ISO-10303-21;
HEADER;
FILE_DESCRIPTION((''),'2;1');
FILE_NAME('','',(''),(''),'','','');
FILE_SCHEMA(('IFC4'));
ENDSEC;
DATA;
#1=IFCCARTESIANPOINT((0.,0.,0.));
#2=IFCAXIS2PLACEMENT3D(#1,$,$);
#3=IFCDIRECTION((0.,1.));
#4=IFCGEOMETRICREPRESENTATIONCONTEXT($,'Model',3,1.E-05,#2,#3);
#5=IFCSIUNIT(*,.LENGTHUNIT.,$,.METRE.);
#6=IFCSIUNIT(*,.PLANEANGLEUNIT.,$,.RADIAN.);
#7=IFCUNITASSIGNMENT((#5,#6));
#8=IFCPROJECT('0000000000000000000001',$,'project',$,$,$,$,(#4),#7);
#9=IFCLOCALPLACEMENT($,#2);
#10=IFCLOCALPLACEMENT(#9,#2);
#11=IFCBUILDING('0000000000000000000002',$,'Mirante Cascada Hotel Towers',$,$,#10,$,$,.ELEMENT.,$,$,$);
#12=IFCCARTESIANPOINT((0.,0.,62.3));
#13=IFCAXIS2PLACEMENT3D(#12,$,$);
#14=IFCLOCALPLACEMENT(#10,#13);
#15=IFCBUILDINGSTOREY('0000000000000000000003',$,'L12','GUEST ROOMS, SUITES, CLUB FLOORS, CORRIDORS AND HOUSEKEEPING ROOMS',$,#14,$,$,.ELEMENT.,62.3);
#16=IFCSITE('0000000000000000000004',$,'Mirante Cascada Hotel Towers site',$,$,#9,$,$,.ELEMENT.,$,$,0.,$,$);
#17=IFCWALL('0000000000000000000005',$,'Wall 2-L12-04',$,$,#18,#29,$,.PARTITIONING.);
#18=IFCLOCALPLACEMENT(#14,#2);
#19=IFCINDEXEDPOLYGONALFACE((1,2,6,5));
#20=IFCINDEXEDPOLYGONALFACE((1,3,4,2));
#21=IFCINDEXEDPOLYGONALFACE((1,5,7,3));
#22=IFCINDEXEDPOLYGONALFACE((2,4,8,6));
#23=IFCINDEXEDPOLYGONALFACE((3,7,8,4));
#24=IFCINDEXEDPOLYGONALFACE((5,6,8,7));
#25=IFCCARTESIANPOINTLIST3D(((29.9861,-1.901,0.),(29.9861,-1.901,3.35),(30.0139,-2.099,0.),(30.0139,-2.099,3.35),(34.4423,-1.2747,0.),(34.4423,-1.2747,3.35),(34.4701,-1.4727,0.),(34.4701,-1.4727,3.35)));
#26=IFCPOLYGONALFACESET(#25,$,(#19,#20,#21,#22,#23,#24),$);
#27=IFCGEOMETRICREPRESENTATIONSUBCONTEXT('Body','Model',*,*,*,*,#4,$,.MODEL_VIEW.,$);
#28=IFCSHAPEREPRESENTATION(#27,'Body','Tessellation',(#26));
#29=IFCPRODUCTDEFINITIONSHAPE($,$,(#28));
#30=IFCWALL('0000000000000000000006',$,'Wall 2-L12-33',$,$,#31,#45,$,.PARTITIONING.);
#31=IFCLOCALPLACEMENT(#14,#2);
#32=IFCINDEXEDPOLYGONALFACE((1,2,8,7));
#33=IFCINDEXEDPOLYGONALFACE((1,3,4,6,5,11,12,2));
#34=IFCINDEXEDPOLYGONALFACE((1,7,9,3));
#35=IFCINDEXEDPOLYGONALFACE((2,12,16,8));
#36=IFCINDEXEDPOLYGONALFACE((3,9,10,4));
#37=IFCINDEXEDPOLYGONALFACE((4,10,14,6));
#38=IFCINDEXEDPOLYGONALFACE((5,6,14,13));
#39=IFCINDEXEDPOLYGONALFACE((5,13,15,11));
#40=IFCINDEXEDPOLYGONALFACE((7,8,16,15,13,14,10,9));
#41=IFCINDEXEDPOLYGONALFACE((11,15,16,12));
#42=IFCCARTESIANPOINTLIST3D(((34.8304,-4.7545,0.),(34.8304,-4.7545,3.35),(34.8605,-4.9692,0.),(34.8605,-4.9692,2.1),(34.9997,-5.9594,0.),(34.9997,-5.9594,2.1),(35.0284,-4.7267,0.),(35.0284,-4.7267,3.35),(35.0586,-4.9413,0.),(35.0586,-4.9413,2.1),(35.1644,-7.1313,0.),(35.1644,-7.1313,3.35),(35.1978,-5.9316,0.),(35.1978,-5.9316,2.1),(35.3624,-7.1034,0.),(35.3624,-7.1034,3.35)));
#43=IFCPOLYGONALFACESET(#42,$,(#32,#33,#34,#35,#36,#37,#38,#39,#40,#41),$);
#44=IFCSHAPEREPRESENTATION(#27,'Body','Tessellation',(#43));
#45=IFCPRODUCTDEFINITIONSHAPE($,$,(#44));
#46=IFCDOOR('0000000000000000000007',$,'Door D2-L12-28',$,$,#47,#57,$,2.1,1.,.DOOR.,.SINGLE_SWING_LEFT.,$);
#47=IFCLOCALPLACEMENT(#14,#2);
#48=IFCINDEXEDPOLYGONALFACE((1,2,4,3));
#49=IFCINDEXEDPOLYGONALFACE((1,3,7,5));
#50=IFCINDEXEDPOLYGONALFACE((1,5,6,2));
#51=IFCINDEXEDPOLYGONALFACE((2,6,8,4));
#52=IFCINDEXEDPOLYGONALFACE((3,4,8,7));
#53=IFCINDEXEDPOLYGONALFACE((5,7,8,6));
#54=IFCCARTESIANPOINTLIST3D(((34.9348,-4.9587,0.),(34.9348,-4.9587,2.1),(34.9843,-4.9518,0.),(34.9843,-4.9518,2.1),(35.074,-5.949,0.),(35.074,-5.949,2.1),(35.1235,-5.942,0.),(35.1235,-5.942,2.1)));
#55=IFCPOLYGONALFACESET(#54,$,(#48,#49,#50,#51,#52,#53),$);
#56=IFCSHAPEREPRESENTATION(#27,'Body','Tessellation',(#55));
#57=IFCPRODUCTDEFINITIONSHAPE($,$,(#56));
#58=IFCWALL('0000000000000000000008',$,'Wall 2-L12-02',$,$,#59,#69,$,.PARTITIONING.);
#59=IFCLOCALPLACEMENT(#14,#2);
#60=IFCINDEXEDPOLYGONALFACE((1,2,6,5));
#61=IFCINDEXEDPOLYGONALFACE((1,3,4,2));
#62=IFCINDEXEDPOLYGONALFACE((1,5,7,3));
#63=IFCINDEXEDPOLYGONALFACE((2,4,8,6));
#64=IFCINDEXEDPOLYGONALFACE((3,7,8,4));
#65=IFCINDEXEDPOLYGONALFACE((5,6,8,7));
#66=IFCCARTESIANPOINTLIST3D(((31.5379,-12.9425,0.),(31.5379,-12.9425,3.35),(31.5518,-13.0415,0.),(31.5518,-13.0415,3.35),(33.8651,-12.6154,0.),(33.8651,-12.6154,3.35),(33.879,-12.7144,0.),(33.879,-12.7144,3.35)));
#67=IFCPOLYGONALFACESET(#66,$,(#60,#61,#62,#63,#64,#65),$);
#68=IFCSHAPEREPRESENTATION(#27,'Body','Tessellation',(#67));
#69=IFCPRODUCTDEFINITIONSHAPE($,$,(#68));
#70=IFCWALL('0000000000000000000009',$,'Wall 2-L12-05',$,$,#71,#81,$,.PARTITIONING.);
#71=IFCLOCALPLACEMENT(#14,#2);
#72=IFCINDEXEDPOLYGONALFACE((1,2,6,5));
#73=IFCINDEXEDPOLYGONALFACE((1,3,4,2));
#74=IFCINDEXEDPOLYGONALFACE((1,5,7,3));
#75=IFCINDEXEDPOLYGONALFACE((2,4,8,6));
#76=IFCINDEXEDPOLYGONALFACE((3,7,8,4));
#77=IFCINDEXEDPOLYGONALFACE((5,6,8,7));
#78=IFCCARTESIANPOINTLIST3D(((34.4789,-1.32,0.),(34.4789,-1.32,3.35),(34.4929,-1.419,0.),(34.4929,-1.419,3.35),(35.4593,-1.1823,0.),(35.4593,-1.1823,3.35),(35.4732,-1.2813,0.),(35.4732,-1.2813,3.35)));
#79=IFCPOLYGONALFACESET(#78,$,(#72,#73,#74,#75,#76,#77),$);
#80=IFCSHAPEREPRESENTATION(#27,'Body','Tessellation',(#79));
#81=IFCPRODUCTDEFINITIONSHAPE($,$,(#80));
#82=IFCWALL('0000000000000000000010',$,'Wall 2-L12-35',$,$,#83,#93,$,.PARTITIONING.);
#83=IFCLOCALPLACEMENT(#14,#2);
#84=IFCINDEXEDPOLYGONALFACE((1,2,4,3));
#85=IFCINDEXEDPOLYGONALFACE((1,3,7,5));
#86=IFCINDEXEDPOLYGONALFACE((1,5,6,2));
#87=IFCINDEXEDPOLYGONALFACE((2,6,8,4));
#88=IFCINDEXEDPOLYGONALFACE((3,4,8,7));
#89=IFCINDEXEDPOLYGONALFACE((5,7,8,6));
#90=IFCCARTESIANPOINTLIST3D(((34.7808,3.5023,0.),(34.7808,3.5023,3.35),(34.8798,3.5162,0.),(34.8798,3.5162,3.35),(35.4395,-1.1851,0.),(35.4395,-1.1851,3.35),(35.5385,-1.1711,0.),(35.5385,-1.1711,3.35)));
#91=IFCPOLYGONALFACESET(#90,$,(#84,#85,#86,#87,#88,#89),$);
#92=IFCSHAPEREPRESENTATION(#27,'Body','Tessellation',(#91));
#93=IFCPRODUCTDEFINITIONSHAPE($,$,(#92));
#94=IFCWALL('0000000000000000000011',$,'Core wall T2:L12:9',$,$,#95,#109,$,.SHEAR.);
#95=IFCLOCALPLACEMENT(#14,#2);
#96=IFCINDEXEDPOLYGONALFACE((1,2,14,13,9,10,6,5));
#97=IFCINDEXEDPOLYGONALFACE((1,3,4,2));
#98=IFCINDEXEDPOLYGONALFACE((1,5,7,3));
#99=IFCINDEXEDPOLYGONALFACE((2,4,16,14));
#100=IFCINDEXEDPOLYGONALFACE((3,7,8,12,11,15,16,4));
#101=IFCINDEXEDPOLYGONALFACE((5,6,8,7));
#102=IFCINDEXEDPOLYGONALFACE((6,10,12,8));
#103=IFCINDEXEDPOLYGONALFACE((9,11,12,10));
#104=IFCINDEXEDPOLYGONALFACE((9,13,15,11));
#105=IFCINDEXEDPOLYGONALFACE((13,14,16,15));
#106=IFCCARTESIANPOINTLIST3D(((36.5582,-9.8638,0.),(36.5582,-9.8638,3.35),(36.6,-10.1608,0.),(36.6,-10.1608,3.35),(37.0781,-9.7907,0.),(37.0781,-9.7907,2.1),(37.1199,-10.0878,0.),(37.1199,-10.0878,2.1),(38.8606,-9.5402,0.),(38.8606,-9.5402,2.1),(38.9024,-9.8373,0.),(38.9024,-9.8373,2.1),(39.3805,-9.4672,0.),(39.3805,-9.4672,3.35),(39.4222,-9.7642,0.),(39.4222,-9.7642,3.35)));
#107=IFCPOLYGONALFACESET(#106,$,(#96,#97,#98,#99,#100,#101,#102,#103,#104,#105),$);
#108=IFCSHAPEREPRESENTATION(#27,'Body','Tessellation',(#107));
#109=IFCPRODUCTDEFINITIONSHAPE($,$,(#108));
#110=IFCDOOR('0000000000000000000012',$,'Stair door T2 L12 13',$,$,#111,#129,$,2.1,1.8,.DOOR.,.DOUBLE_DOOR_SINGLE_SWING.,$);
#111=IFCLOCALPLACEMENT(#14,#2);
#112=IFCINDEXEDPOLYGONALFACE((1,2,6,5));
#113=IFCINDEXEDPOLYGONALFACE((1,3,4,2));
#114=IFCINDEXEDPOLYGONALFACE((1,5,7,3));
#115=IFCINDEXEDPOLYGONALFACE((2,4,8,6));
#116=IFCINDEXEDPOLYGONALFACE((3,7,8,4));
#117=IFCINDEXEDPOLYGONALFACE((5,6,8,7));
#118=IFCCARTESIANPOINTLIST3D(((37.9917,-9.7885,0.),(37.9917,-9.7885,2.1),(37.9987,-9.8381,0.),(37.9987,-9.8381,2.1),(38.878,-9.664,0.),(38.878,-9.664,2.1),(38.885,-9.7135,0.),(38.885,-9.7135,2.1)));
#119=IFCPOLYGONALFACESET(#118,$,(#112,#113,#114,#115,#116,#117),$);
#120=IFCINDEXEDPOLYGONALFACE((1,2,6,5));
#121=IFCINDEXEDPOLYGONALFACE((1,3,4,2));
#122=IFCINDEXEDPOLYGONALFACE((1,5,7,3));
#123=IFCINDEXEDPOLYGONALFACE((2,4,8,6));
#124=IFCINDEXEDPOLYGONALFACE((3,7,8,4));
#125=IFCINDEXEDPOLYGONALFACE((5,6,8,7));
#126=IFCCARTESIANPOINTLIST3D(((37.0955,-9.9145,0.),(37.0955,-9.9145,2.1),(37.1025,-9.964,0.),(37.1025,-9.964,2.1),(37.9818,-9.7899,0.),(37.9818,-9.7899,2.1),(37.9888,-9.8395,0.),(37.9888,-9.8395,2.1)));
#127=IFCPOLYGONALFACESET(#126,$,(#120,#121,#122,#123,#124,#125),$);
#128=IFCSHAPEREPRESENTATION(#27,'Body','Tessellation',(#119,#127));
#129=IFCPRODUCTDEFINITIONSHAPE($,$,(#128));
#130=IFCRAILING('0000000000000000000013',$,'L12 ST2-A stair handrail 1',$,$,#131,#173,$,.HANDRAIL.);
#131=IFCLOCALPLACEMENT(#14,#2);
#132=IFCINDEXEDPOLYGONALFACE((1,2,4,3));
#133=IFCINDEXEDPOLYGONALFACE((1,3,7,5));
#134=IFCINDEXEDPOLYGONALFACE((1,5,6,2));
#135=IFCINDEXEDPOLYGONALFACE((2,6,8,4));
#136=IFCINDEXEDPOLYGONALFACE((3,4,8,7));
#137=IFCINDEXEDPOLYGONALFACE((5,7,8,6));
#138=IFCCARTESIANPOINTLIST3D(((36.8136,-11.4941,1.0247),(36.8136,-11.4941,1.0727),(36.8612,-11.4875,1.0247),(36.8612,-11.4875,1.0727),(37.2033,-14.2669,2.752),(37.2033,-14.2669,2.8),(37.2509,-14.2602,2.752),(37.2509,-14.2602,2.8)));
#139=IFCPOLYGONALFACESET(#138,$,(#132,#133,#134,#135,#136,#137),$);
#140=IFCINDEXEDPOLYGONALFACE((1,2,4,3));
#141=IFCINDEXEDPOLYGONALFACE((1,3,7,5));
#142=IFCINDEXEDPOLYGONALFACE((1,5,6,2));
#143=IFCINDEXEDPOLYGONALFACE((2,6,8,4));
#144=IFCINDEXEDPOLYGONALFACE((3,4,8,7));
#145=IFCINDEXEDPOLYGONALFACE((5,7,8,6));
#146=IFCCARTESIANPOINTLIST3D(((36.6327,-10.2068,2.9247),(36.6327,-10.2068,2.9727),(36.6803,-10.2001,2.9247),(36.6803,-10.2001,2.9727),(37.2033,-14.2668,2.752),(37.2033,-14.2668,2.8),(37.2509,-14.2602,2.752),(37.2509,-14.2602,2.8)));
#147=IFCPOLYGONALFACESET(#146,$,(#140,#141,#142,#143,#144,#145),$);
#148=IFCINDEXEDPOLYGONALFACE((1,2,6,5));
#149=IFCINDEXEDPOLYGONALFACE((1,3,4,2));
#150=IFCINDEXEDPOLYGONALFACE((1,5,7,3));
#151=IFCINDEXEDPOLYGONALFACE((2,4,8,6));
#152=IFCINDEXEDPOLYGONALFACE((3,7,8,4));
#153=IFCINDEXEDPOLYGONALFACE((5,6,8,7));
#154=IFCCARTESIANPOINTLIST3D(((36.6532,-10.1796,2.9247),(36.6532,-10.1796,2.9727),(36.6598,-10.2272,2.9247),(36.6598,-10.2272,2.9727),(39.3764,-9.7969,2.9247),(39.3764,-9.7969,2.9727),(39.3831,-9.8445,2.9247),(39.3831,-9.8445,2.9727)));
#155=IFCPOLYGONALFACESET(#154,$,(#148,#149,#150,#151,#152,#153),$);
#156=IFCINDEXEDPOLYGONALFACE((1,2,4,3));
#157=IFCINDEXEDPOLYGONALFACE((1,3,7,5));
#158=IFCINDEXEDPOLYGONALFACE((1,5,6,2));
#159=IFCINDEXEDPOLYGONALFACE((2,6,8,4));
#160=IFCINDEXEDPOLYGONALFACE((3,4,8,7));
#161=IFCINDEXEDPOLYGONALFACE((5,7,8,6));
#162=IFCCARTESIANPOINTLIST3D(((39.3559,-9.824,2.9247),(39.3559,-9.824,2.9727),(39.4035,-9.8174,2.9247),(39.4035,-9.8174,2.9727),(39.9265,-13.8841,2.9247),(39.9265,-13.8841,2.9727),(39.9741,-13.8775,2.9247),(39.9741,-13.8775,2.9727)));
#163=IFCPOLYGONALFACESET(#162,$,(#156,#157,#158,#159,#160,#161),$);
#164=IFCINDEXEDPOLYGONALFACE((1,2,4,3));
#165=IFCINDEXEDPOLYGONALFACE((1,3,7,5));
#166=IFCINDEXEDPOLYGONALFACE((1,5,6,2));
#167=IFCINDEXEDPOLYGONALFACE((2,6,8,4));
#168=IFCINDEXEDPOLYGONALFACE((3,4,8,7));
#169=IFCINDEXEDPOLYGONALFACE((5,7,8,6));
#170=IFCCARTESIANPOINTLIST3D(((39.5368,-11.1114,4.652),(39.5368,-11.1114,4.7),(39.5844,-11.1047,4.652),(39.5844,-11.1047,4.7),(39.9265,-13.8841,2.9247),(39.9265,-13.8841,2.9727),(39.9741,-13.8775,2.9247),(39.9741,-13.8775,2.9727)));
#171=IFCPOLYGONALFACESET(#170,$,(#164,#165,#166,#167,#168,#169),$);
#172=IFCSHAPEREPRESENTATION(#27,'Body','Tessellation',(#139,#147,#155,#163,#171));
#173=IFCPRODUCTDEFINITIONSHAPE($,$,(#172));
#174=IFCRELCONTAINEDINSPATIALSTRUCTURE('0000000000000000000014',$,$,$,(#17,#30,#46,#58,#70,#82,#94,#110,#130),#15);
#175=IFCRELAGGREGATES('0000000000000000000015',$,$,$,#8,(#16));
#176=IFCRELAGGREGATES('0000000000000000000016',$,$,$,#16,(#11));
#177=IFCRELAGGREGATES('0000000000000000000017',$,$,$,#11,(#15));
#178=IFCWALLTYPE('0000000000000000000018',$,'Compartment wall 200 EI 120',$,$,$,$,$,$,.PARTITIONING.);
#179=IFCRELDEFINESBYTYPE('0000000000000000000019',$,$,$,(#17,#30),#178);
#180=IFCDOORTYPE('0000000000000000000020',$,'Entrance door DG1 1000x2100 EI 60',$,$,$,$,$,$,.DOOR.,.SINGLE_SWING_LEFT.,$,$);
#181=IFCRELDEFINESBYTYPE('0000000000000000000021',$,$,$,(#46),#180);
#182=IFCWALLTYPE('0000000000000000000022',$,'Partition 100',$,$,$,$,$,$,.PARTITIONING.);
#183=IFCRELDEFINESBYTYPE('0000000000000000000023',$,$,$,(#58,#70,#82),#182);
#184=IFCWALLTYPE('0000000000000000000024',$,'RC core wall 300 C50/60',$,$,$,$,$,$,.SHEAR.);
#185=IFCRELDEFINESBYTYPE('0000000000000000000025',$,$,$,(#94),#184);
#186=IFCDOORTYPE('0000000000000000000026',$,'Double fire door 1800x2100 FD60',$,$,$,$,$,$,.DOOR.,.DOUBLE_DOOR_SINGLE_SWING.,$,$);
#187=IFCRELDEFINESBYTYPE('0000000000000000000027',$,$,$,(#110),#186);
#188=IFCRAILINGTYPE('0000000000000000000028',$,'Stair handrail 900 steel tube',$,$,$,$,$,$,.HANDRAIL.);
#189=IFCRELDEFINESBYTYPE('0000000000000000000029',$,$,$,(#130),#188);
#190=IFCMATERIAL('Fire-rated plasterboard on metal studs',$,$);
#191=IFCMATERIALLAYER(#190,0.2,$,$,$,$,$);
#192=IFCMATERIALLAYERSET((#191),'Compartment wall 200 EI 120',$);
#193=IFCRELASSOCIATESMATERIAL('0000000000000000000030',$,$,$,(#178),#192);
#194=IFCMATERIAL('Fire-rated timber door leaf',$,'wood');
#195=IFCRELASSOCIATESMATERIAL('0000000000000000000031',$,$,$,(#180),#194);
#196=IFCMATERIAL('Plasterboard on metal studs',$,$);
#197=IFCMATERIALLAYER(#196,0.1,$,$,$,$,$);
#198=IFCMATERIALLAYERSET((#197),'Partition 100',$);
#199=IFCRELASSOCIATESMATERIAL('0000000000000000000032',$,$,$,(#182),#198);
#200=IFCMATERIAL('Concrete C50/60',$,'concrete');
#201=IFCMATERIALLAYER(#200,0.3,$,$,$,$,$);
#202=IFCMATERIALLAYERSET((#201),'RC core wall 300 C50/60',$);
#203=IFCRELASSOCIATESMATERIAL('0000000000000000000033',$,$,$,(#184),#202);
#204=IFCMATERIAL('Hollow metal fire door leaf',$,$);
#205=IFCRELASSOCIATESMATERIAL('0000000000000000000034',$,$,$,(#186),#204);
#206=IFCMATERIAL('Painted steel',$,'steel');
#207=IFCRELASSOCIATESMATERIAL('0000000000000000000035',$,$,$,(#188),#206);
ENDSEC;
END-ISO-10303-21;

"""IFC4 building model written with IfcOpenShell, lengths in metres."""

from ifc_helpers import new_model, si_unit, direction, frame, frame_2d, origin, origin_2d, place, context, subcontext, project, spatial, rectangle, extrude, material, layer, layer_set, type_object, element, fill, save


model = new_model("IFC4")

# Units and contexts
model_context = context("Model", 3, precision=1e-05, world=origin(), true_north=direction((0.0, 1.0)))
body_context = subcontext(model_context, "Body", "Model", "MODEL_VIEW")
ifc_project = project(units=[si_unit("LENGTHUNIT", "METRE"), si_unit("PLANEANGLEUNIT", "RADIAN")], contexts=[model_context])

# Site, building, storey
site_placement = place(None, origin())
site = spatial("IfcSite", under=ifc_project, at=site_placement, Name="Mirante Cascada Hotel Towers site", CompositionType="ELEMENT", RefElevation=0.0)
building_placement = place(site_placement, origin())
building = spatial("IfcBuilding", under=site, at=building_placement, Name="Mirante Cascada Hotel Towers", CompositionType="ELEMENT")
storey_placement = place(building_placement, frame((0.0, 0.0, 62.3)))
storey = spatial("IfcBuildingStorey", under=building, at=storey_placement, Name="L12", Description="GUEST ROOMS, SUITES, CLUB FLOORS, CORRIDORS AND HOUSEKEEPING ROOMS", CompositionType="ELEMENT", Elevation=62.3)

# Wall
ifc_material_1 = material(Name="Fire-rated plasterboard on metal studs")
ifc_layer_1 = layer(ifc_material_1, 0.2)
ifc_layer_set_1 = layer_set([ifc_layer_1], Name="Compartment wall 200 EI 120")
wall_type_1 = type_object("IfcWallType", Name="Compartment wall 200 EI 120", PredefinedType="PARTITIONING", material=ifc_layer_set_1)
wall_1_placement = place(storey_placement, frame((34.4562, -1.3737, 0.0), z_axis=(0.0, 0.0, 1.0), x_axis=(-0.990267, -0.139178, 0.0)))
element("IfcWall", 1, at=wall_1_placement, inside=storey, type_object=wall_type_1, Name="Wall 2-L12-04", PredefinedType="PARTITIONING", context=body_context, shape_type="SweptSolid", body=[
    extrude(rectangle(XDim=4.5, YDim=0.2, at=frame_2d((2.25, 0.0))), origin(), (0.0, 0.0, 1.0), 3.35),
])

# Wall, opening, door
wall_2_placement = place(storey_placement, frame((35.2634, -7.1173, 0.0), z_axis=(0.0, 0.0, 1.0), x_axis=(-0.139163, 0.990269, 0.0)))
wall_2 = element("IfcWall", 2, at=wall_2_placement, inside=storey, type_object=wall_type_1, Name="Wall 2-L12-33", PredefinedType="PARTITIONING", context=body_context, shape_type="SweptSolid", body=[
    extrude(rectangle(XDim=2.4001, YDim=0.2, at=frame_2d((1.2, 0.0))), origin(), (0.0, 0.0, 1.0), 3.35),
])
opening_1_placement = place(wall_2_placement, frame((1.1833, 0.0, 0.0)))
opening_1 = element("IfcOpeningElement", 3, at=opening_1_placement, cuts=wall_2, PredefinedType="OPENING", context=body_context, shape_type="SweptSolid", body=[
    extrude(rectangle(XDim=1.0, YDim=2.1, at=frame_2d((0.5, 1.05))), frame((0.0, 0.1, 0.0), z_axis=(0.0, -1.0, 0.0), x_axis=(1.0, 0.0, 0.0)), (0.0, 0.0, 1.0), 0.2),
])
ifc_material_2 = material(Name="Fire-rated timber door leaf", Category="wood")
door_type_1 = type_object("IfcDoorType", Name="Entrance door DG1 1000x2100 EI 60", OperationType="SINGLE_SWING_LEFT", PredefinedType="DOOR", material=ifc_material_2)
door_1_placement = place(opening_1_placement, origin())
door_1 = element("IfcDoor", 4, at=door_1_placement, inside=storey, type_object=door_type_1, Name="Door D2-L12-28", OperationType="SINGLE_SWING_LEFT", OverallHeight=2.1, OverallWidth=1.0, PredefinedType="DOOR", context=body_context, shape_type="SweptSolid", body=[
    extrude(rectangle(XDim=1.0, YDim=2.1, at=frame_2d((0.5, 1.05))), frame((0.0, 0.025, 0.0), z_axis=(0.0, -1.0, 0.0), x_axis=(1.0, 0.0, 0.0)), (0.0, 0.0, 1.0), 0.05),
])
fill(opening_1, door_1)

# Walls
ifc_material_3 = material(Name="Plasterboard on metal studs")
ifc_layer_2 = layer(ifc_material_3, 0.1)
ifc_layer_set_2 = layer_set([ifc_layer_2], Name="Partition 100")
wall_type_2 = type_object("IfcWallType", Name="Partition 100", PredefinedType="PARTITIONING", material=ifc_layer_set_2)
wall_3_placement = place(storey_placement, frame((33.872, -12.6649, 0.0), z_axis=(0.0, 0.0, 1.0), x_axis=(-0.990266, -0.139187, 0.0)))
element("IfcWall", 5, at=wall_3_placement, inside=storey, type_object=wall_type_2, Name="Wall 2-L12-02", PredefinedType="PARTITIONING", context=body_context, shape_type="SweptSolid", body=[
    extrude(rectangle(XDim=2.3501, YDim=0.1, at=frame_2d((1.175, 0.0))), origin(), (0.0, 0.0, 1.0), 3.35),
])
wall_4_placement = place(storey_placement, frame((34.4859, -1.3695, 0.0), z_axis=(0.0, 0.0, 1.0), x_axis=(0.99028, 0.139088, 0.0)))
element("IfcWall", 6, at=wall_4_placement, inside=storey, type_object=wall_type_2, Name="Wall 2-L12-05", PredefinedType="PARTITIONING", context=body_context, shape_type="SweptSolid", body=[
    extrude(rectangle(XDim=0.99, YDim=0.1, at=frame_2d((0.495, 0.0))), origin(), (0.0, 0.0, 1.0), 3.35),
])
wall_5_placement = place(storey_placement, frame((35.489, -1.1781, 0.0), z_axis=(0.0, 0.0, 1.0), x_axis=(-0.139161, 0.99027, 0.0)))
element("IfcWall", 7, at=wall_5_placement, inside=storey, type_object=wall_type_2, Name="Wall 2-L12-35", PredefinedType="PARTITIONING", context=body_context, shape_type="SweptSolid", body=[
    extrude(rectangle(XDim=4.7334, YDim=0.1, at=frame_2d((2.3667, 0.0))), origin(), (0.0, 0.0, 1.0), 3.35),
])

# Wall, opening, door
ifc_material_4 = material(Name="Concrete C50/60", Category="concrete")
ifc_layer_3 = layer(ifc_material_4, 0.3)
ifc_layer_set_3 = layer_set([ifc_layer_3], Name="RC core wall 300 C50/60")
wall_type_3 = type_object("IfcWallType", Name="RC core wall 300 C50/60", PredefinedType="SHEAR", material=ifc_layer_set_3)
wall_6_placement = place(storey_placement, frame((36.5791, -10.0123, 0.0), z_axis=(0.0, 0.0, 1.0), x_axis=(0.99027, 0.139156, 0.0)))
wall_6 = element("IfcWall", 8, at=wall_6_placement, inside=storey, type_object=wall_type_3, Name="Core wall T2:L12:9", PredefinedType="SHEAR", context=body_context, shape_type="SweptSolid", body=[
    extrude(rectangle(XDim=2.85, YDim=0.3, at=frame_2d((1.425, 0.0))), origin(), (0.0, 0.0, 1.0), 3.35),
])
opening_2_placement = place(wall_6_placement, frame((0.525, 0.0, 0.0)))
opening_2 = element("IfcOpeningElement", 9, at=opening_2_placement, cuts=wall_6, PredefinedType="OPENING", context=body_context, shape_type="SweptSolid", body=[
    extrude(rectangle(XDim=1.8, YDim=2.1, at=frame_2d((0.9, 1.05))), frame((0.0, 0.15, 0.0), z_axis=(0.0, -1.0, 0.0), x_axis=(1.0, 0.0, 0.0)), (0.0, 0.0, 1.0), 0.3),
])
ifc_material_5 = material(Name="Hollow metal fire door leaf")
door_type_2 = type_object("IfcDoorType", Name="Double fire door 1800x2100 FD60", OperationType="DOUBLE_DOOR_SINGLE_SWING", PredefinedType="DOOR", material=ifc_material_5)
door_2_placement = place(opening_2_placement, frame((1.8, 0.0, 0.0), z_axis=(0.0, 0.0, 1.0), x_axis=(-1.0, 0.0, 0.0)))
door_2 = element("IfcDoor", 10, at=door_2_placement, inside=storey, type_object=door_type_2, Name="Stair door T2 L12 13", OperationType="DOUBLE_DOOR_SINGLE_SWING", OverallHeight=2.1, OverallWidth=1.8, PredefinedType="DOOR", context=body_context, shape_type="SweptSolid", body=[
    extrude(rectangle(XDim=0.895, YDim=2.1, at=frame_2d((0.4475, 1.05))), frame((0.0, 0.025, 0.0), z_axis=(0.0, -1.0, 0.0), x_axis=(1.0, 0.0, 0.0)), (0.0, 0.0, 1.0), 0.05),
    extrude(rectangle(XDim=0.895, YDim=2.1, at=frame_2d((1.3525, 1.05))), frame((0.0, 0.025, 0.0), z_axis=(0.0, -1.0, 0.0), x_axis=(1.0, 0.0, 0.0)), (0.0, 0.0, 1.0), 0.05),
])
fill(opening_2, door_2)

# Railing
ifc_material_6 = material(Name="Painted steel", Category="steel")
railing_type = type_object("IfcRailingType", Name="Stair handrail 900 steel tube", PredefinedType="HANDRAIL", material=ifc_material_6)
railing_placement = place(storey_placement, frame((36.8374, -11.4908, 0.1727)))
element("IfcRailing", 11, at=railing_placement, inside=storey, type_object=railing_type, Name="L12 ST2-A stair handrail 1", PredefinedType="HANDRAIL", context=body_context, shape_type="SweptSolid", body=[
    extrude(rectangle(XDim=0.048, YDim=0.048, at=origin_2d()), frame((0.0, 0.0, 0.876), z_axis=(0.139181, -0.990267, 0.0), x_axis=(0.990267, 0.139181, 0.0)), (0.0, 0.525035, 0.851081), 3.2899),
    extrude(rectangle(XDim=0.048, YDim=0.048, at=origin_2d()), frame((0.3897, -2.7727, 2.6033), z_axis=(-0.139171, 0.990268, 0.0), x_axis=(-0.990268, -0.139171, 0.0)), (0.0, 0.042085, 0.999114), 4.1036),
    extrude(rectangle(XDim=0.048, YDim=0.048, at=origin_2d()), frame((-0.1809, 1.2874, 2.776), z_axis=(0.990269, 0.139166, 0.0), x_axis=(-0.139166, 0.990269, 0.0)), (0.0, 0.0, 1.0), 2.75),
    extrude(rectangle(XDim=0.048, YDim=0.048, at=origin_2d()), frame((2.5423, 1.6701, 2.776), z_axis=(0.139171, -0.990268, 0.0), x_axis=(0.990268, 0.139171, 0.0)), (0.0, 0.0, 1.0), 4.1),
    extrude(rectangle(XDim=0.048, YDim=0.048, at=origin_2d()), frame((3.1129, -2.39, 2.776), z_axis=(-0.139181, 0.990267, 0.0), x_axis=(-0.990267, -0.139181, 0.0)), (0.0, 0.525035, 0.851081), 3.2899),
])

save(model, "model.ifc")
